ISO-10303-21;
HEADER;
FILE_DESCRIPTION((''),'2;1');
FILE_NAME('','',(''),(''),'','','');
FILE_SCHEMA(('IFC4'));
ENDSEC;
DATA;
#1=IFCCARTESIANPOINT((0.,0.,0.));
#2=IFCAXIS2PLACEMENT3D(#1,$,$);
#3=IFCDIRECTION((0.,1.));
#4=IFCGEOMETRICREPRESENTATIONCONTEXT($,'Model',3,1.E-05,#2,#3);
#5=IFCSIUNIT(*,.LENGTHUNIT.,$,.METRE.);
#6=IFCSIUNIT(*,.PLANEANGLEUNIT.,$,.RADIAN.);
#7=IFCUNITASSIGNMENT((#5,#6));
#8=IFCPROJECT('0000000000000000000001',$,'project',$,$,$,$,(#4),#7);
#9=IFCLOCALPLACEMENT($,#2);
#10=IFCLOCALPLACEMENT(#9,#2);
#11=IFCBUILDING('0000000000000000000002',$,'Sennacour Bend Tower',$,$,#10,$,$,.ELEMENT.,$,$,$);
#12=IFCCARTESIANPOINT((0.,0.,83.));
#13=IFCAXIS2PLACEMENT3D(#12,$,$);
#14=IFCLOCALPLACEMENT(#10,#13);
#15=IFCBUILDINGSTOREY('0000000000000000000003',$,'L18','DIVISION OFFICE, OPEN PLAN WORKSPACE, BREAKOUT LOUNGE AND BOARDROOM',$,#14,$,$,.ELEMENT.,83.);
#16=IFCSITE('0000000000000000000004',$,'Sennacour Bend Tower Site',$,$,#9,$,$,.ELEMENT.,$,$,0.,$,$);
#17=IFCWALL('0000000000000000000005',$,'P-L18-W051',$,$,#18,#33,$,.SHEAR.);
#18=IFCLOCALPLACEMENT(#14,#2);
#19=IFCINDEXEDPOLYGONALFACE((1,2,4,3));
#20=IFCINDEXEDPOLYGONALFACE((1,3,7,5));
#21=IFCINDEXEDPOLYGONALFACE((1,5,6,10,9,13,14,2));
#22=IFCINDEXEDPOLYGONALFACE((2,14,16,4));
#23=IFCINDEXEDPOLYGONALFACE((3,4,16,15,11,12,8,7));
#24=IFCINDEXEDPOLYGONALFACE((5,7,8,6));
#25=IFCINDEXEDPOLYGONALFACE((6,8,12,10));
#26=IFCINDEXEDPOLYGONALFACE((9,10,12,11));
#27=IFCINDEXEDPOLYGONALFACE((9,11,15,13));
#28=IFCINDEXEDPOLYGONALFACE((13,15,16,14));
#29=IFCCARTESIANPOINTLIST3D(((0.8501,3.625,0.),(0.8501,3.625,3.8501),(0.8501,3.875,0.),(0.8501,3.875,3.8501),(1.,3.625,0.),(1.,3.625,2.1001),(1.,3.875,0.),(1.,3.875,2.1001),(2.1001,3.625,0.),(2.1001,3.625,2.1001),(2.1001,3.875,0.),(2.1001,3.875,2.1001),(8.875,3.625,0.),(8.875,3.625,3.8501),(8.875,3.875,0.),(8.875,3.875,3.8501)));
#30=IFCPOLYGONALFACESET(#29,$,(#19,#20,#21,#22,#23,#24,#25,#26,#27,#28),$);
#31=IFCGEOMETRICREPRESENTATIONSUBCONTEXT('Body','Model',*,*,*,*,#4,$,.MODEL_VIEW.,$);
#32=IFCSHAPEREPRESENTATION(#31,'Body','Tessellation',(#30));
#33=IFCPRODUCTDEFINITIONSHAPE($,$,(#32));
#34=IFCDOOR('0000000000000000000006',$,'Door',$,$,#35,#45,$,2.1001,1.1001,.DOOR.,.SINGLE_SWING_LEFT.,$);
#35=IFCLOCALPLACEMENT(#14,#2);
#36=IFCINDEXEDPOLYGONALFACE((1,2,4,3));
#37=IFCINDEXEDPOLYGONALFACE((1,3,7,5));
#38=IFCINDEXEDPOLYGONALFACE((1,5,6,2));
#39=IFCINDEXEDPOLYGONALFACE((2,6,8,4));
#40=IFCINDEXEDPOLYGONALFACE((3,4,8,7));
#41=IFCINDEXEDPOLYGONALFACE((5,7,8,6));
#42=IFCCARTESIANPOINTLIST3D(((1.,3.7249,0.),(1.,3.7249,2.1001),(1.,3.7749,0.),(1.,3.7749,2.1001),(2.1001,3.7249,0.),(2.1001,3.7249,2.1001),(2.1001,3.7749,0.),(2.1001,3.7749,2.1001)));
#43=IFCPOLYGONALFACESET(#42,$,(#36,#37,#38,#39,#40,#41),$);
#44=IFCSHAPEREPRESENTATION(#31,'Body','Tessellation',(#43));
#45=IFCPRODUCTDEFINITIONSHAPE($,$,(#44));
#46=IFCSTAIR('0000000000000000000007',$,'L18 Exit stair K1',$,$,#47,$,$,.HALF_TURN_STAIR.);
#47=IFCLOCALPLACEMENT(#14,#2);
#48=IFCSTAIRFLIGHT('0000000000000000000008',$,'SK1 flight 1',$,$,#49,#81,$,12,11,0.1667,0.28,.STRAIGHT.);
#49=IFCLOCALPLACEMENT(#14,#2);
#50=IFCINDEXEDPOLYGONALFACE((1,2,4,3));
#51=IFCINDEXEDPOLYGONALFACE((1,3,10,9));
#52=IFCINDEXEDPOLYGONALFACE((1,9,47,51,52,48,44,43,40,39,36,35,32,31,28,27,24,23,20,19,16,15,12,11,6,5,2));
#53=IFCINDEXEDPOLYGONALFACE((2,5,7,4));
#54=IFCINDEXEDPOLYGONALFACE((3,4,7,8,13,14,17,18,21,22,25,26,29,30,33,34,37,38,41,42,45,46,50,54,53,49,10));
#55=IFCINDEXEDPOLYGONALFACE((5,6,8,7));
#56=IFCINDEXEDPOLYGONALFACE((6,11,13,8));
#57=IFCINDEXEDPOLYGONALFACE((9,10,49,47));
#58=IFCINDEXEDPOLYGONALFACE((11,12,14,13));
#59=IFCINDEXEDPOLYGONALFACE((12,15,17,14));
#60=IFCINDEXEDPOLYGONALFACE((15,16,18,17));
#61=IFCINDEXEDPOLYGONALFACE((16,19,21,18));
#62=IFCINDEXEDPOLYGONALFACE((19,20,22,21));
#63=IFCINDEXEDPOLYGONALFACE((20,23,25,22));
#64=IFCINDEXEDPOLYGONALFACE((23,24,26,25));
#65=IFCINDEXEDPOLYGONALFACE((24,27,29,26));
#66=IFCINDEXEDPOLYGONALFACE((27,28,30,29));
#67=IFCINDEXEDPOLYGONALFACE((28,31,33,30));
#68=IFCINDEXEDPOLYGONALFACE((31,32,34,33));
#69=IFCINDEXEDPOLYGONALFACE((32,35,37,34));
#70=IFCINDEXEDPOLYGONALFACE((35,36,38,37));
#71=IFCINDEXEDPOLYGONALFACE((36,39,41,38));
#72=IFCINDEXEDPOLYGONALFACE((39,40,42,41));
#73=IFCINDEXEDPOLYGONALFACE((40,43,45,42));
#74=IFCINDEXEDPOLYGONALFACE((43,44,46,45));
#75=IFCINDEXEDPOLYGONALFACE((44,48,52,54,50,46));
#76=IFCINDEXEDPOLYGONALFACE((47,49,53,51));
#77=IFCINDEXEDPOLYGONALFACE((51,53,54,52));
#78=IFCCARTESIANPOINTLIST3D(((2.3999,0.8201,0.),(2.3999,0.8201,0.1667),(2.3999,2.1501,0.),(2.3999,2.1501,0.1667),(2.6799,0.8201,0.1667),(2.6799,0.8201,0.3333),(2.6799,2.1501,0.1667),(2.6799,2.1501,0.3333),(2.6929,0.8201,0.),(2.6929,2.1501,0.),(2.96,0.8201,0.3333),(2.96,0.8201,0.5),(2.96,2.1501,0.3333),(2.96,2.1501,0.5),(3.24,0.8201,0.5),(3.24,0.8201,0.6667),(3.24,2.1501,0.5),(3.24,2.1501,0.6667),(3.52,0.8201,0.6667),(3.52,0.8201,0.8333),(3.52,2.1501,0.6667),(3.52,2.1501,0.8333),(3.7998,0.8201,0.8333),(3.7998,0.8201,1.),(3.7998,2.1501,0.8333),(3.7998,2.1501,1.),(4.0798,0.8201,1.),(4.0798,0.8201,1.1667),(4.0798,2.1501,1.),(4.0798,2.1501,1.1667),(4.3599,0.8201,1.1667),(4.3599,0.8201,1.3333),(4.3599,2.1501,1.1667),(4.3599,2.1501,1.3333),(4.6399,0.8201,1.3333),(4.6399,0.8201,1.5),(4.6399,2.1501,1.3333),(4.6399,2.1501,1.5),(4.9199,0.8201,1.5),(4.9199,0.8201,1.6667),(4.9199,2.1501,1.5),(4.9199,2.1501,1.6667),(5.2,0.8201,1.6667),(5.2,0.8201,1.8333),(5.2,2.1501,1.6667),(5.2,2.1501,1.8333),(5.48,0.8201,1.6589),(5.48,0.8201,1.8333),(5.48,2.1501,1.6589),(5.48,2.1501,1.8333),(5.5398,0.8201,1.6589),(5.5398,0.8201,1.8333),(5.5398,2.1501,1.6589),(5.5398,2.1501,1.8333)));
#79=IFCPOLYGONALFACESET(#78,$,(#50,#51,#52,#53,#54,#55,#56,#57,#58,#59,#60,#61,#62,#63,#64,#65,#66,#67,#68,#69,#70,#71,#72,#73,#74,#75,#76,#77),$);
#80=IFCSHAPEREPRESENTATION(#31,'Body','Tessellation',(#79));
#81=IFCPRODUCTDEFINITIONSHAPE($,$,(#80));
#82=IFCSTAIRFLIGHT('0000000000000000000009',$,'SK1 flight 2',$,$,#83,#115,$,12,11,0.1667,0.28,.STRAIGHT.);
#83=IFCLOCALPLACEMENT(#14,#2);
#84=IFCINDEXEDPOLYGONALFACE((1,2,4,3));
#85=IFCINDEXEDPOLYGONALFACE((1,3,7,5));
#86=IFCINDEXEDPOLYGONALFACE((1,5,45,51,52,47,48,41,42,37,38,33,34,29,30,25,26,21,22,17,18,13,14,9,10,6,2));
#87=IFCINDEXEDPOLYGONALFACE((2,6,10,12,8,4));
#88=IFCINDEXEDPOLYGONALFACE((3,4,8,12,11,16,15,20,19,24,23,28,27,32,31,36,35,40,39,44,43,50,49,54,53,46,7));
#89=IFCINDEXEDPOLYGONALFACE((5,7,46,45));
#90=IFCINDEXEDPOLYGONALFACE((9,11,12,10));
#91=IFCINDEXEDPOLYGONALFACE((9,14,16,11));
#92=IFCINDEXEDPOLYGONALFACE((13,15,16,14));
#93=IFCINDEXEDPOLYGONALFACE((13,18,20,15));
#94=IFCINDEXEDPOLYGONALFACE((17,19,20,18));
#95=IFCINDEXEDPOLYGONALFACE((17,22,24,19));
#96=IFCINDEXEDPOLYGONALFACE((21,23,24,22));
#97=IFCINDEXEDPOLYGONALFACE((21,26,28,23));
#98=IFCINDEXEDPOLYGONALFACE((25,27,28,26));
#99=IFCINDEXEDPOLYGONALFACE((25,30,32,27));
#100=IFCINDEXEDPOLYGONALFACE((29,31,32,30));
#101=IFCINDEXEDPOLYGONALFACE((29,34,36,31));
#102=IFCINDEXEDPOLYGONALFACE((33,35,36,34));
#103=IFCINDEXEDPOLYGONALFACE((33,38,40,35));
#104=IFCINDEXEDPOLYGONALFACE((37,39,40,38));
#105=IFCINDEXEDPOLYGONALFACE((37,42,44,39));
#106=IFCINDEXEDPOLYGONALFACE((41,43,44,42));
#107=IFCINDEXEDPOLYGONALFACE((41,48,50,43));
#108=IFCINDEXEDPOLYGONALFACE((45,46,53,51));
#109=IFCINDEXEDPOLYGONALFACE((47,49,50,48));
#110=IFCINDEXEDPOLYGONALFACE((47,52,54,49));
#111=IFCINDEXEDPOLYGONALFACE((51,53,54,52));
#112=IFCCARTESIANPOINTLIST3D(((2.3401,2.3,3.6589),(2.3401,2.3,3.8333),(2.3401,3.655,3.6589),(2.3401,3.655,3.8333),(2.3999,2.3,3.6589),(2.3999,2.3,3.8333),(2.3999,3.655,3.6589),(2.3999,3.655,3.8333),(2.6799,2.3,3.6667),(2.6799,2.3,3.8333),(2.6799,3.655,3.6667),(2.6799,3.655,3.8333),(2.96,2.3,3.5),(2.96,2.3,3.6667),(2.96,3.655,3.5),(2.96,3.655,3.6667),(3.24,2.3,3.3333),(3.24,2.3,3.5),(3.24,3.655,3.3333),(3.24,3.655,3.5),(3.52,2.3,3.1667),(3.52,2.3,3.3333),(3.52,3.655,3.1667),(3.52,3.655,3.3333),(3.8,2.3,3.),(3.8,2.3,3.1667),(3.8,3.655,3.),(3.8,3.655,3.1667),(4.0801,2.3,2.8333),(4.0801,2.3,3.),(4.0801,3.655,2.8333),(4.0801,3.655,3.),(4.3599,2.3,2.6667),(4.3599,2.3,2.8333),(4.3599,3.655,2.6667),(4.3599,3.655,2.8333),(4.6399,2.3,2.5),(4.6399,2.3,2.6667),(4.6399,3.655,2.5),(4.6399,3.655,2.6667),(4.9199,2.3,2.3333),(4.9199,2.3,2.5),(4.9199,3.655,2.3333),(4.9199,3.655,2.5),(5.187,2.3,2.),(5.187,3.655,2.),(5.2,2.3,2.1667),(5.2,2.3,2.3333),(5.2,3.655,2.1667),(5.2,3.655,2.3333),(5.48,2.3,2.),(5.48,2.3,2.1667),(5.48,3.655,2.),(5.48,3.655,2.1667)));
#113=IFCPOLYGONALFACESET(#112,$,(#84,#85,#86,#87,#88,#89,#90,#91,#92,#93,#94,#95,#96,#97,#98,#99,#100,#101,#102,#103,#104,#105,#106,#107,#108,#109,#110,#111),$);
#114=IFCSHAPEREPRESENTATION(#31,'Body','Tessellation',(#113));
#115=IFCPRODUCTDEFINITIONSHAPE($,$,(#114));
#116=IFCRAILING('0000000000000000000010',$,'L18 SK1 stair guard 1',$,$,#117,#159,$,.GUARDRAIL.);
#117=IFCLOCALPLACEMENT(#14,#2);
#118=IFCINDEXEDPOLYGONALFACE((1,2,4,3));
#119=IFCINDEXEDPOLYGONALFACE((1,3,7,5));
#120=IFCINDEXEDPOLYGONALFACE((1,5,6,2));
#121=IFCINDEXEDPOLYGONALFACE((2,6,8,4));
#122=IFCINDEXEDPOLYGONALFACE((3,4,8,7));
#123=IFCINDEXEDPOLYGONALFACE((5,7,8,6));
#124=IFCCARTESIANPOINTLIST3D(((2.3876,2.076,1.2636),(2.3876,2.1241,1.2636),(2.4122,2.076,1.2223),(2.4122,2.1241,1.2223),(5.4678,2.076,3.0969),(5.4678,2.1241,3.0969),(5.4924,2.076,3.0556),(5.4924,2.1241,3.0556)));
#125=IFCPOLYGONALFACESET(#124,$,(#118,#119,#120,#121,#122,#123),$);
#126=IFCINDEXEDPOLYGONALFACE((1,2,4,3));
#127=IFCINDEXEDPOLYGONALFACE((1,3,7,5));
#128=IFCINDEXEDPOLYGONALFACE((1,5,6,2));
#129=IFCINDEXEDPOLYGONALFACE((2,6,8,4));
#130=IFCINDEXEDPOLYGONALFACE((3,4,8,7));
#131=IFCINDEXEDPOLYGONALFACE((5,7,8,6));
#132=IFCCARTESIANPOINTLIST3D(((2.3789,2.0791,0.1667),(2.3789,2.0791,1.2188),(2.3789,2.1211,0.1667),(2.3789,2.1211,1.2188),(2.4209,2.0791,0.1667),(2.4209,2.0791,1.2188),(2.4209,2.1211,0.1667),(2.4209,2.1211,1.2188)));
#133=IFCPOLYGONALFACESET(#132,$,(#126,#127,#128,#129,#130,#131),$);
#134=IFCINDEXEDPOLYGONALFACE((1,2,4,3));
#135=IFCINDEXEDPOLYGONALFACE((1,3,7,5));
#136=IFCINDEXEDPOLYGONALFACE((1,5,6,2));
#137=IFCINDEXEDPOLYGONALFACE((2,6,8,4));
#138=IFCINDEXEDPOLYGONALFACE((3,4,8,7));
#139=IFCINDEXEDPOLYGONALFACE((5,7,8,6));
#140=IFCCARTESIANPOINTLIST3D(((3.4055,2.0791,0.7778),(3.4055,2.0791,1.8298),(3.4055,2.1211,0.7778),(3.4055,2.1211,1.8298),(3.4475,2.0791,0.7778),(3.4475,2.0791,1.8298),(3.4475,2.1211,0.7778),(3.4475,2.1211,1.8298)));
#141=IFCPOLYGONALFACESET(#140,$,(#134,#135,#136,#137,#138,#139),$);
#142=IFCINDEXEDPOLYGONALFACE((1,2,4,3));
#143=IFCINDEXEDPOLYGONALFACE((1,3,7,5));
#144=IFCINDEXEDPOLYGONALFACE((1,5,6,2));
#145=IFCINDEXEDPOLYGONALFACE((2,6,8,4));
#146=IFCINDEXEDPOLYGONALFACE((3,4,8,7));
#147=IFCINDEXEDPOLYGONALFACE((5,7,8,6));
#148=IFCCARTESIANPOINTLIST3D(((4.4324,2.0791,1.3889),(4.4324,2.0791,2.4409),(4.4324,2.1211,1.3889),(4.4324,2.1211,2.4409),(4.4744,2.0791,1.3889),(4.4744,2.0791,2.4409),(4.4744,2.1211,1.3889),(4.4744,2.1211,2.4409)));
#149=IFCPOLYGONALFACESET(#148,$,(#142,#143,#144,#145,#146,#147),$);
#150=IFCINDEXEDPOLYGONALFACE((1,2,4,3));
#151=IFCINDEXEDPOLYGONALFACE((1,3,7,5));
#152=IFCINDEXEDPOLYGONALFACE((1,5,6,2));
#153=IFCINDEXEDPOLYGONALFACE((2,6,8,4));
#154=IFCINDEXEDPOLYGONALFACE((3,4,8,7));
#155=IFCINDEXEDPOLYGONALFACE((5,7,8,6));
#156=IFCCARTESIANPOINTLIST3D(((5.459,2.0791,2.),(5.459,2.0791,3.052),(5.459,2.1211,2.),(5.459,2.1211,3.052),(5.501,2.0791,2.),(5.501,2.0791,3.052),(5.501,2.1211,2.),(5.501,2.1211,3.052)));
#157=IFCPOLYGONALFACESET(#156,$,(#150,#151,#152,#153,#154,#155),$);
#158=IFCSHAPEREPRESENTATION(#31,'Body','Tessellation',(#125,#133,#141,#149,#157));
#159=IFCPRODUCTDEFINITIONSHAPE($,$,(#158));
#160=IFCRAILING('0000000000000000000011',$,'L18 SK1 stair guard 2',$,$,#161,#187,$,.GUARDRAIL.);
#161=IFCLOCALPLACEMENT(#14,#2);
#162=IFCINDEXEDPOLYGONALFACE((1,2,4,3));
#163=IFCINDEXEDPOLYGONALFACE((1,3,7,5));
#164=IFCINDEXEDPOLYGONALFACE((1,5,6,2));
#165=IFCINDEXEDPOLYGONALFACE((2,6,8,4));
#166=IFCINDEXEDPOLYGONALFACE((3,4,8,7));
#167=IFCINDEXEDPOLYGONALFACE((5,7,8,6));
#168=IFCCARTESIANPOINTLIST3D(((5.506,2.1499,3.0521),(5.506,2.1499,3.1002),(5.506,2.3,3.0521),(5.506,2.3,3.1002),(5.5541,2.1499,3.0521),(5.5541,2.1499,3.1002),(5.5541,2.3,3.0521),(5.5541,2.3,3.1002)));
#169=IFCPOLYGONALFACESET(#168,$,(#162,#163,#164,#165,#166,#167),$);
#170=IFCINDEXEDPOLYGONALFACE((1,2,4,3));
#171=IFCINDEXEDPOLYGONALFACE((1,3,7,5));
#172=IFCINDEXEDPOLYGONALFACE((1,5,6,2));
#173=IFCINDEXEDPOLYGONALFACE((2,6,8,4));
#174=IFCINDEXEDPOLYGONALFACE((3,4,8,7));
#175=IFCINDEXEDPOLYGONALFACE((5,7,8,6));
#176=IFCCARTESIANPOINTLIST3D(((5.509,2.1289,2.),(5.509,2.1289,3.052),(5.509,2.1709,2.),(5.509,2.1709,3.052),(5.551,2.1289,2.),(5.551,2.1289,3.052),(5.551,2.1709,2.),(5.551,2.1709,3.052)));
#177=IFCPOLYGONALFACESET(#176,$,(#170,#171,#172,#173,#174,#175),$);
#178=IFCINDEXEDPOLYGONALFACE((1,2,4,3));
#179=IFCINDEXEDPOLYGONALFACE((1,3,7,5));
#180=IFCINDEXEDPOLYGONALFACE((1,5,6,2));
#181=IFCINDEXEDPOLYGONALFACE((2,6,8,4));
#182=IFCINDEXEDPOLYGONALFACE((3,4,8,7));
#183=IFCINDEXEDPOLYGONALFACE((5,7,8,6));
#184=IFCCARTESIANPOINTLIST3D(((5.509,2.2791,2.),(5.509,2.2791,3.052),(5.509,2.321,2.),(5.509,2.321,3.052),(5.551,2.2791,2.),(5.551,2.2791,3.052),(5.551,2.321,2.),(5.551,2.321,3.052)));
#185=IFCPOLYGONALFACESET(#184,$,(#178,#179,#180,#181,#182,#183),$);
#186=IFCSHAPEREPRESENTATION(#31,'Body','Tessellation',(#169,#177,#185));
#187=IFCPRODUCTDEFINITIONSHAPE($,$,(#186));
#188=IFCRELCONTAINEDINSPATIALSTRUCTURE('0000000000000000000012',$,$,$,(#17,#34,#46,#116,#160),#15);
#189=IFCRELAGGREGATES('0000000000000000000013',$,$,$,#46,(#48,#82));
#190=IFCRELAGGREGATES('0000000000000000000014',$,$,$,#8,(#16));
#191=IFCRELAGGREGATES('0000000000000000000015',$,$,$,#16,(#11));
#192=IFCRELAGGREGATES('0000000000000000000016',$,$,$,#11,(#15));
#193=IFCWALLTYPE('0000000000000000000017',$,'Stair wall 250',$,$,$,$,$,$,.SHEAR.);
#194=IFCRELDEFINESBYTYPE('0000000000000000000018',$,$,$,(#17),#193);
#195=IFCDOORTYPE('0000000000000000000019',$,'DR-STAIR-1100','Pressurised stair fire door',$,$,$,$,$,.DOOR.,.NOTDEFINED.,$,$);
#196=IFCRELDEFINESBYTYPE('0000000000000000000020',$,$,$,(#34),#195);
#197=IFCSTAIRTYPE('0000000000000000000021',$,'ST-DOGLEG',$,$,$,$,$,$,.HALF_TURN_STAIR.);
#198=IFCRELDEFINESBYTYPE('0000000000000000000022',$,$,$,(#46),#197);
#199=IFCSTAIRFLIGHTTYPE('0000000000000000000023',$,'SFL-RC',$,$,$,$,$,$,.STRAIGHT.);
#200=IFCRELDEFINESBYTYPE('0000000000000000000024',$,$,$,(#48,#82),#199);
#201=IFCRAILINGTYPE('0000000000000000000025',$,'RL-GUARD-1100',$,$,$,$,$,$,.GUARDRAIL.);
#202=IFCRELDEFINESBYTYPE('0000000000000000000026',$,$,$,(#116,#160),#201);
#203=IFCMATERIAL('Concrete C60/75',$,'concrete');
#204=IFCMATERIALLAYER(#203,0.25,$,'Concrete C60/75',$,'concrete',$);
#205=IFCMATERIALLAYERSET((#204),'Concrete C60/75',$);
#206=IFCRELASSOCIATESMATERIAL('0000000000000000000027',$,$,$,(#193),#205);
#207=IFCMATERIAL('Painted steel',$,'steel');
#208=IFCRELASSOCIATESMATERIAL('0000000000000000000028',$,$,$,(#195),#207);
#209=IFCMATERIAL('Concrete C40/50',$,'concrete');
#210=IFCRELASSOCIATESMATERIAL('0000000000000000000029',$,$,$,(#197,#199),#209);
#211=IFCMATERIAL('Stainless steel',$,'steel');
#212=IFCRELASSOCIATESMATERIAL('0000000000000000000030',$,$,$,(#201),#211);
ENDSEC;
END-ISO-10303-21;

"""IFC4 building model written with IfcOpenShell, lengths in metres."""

from ifc_helpers import new_model, si_unit, direction, frame, frame_2d, origin, origin_2d, place, context, subcontext, project, spatial, polyline, rectangle, outline, extrude, material, layer, layer_set, type_object, element, fill, aggregate, save


model = new_model("IFC4")

# Units and contexts
model_context = context("Model", 3, precision=1e-05, world=origin(), true_north=direction((0.0, 1.0)))
body_context = subcontext(model_context, "Body", "Model", "MODEL_VIEW")
ifc_project = project(units=[si_unit("LENGTHUNIT", "METRE"), si_unit("PLANEANGLEUNIT", "RADIAN")], contexts=[model_context])

# Site, building, storey
site_placement = place(None, origin())
site = spatial("IfcSite", under=ifc_project, at=site_placement, Name="Sennacour Bend Tower Site", CompositionType="ELEMENT", RefElevation=0.0)
building_placement = place(site_placement, origin())
building = spatial("IfcBuilding", under=site, at=building_placement, Name="Sennacour Bend Tower", CompositionType="ELEMENT")
storey_placement = place(building_placement, frame((0.0, 0.0, 83.0)))
storey = spatial("IfcBuildingStorey", under=building, at=storey_placement, Name="L18", Description="DIVISION OFFICE, OPEN PLAN WORKSPACE, BREAKOUT LOUNGE AND BOARDROOM", CompositionType="ELEMENT", Elevation=83.0)

# Shared definitions
ifc_material_1 = material(Name="Concrete C60/75", Category="concrete")
ifc_layer_1 = layer(ifc_material_1, 0.25, Name="Concrete C60/75", Category="concrete")
ifc_layer_set_1 = layer_set([ifc_layer_1], Name="Concrete C60/75")
wall_type_1 = type_object("IfcWallType", Name="Stair wall 250", PredefinedType="SHEAR", material=ifc_layer_set_1)

# Wall, opening, door
wall_1_placement = place(storey_placement, frame((0.8501, 3.75, 0.0), z_axis=(0.0, 0.0, 1.0), x_axis=(1.0, 0.0, 0.0)))
wall_1 = element("IfcWall", 1, at=wall_1_placement, inside=storey, type_object=wall_type_1, Name="P-L18-W051", PredefinedType="SHEAR", context=body_context, shape_type="SweptSolid", body=[
    extrude(rectangle(XDim=8.0249, YDim=0.25, at=frame_2d((4.0125, 0.0))), origin(), (0.0, 0.0, 1.0), 3.8501),
])
opening_1_placement = place(wall_1_placement, frame((0.1499, 0.0, 0.0)))
opening_1 = element("IfcOpeningElement", 2, at=opening_1_placement, cuts=wall_1, PredefinedType="OPENING", context=body_context, shape_type="SweptSolid", body=[
    extrude(rectangle(XDim=1.1001, YDim=2.1001, at=frame_2d((0.55, 1.05))), frame((0.0, 0.135, 0.0), z_axis=(0.0, -1.0, 0.0), x_axis=(1.0, 0.0, 0.0)), (0.0, 0.0, 1.0), 0.27),
])
ifc_material_2 = material(Name="Painted steel", Category="steel")
door_type = type_object("IfcDoorType", Name="DR-STAIR-1100", Description="Pressurised stair fire door", OperationType="NOTDEFINED", PredefinedType="DOOR", material=ifc_material_2)
door_placement = place(opening_1_placement, origin())
door = element("IfcDoor", 3, at=door_placement, inside=storey, type_object=door_type, Name="Door", OperationType="SINGLE_SWING_LEFT", OverallHeight=2.1001, OverallWidth=1.1001, PredefinedType="DOOR", context=body_context, shape_type="SweptSolid", body=[
    extrude(rectangle(XDim=1.1001, YDim=2.1001, at=frame_2d((0.55, 1.05))), frame((0.0, 0.0249, 0.0), z_axis=(0.0, -1.0, 0.0), x_axis=(1.0, 0.0, 0.0)), (0.0, 0.0, 1.0), 0.05),
])
fill(opening_1, door)

# Stair, stair flights
ifc_material_3 = material(Name="Concrete C40/50", Category="concrete")
stair_type = type_object("IfcStairType", Name="ST-DOGLEG", PredefinedType="HALF_TURN_STAIR", material=ifc_material_3)
stair_placement = place(storey_placement, origin())
stair = element("IfcStair", 4, at=stair_placement, inside=storey, type_object=stair_type, Name="L18 Exit stair K1", PredefinedType="HALF_TURN_STAIR")
stair_flight_type = type_object("IfcStairFlightType", Name="SFL-RC", PredefinedType="STRAIGHT", material=ifc_material_3)
stair_flight_1_placement = place(storey_placement, frame((2.3999, 1.4851, 0.0), z_axis=(0.0, 0.0, 1.0), x_axis=(1.0, 0.0, 0.0)))
stair_flight_1 = element("IfcStairFlight", 5, at=stair_flight_1_placement, type_object=stair_flight_type, Name="SK1 flight 1", NumberOfRisers=12, NumberOfTreads=11, PredefinedType="STRAIGHT", RiserHeight=0.1667, TreadLength=0.28, context=body_context, shape_type="SweptSolid", body=[
    extrude(outline(polyline([(0.0, 0.0), (0.0, 0.1667), (0.28, 0.1667), (0.28, 0.3333), (0.5601, 0.3333), (0.5601, 0.5), (0.8401, 0.5), (0.8401, 0.6667), (1.1201, 0.6667), (1.1201, 0.8333), (1.3999, 0.8333), (1.3999, 1.0), (1.6799, 1.0), (1.6799, 1.1667), (1.96, 1.1667), (1.96, 1.3333), (2.24, 1.3333), (2.24, 1.5), (2.52, 1.5), (2.52, 1.6667), (2.8, 1.6667), (2.8, 1.8333), (3.0801, 1.8333), (3.1399, 1.8333), (3.1399, 1.6589), (3.0801, 1.6589), (0.293, 0.0), (0.0, 0.0)])), frame((0.0, 0.665, 0.0), z_axis=(0.0, -1.0, 0.0), x_axis=(1.0, 0.0, 0.0)), (0.0, 0.0, 1.0), 1.3301),
])
stair_flight_2_placement = place(storey_placement, frame((5.48, 2.9775, 2.0), z_axis=(0.0, 0.0, 1.0), x_axis=(-1.0, 0.0, 0.0)))
stair_flight_2 = element("IfcStairFlight", 6, at=stair_flight_2_placement, type_object=stair_flight_type, Name="SK1 flight 2", NumberOfRisers=12, NumberOfTreads=11, PredefinedType="STRAIGHT", RiserHeight=0.1667, TreadLength=0.28, context=body_context, shape_type="SweptSolid", body=[
    extrude(outline(polyline([(0.0, 0.0), (0.0, 0.1667), (0.28, 0.1667), (0.28, 0.3333), (0.5601, 0.3333), (0.5601, 0.5), (0.8401, 0.5), (0.8401, 0.6667), (1.1201, 0.6667), (1.1201, 0.8333), (1.3999, 0.8333), (1.3999, 1.0), (1.6799, 1.0), (1.6799, 1.1667), (1.96, 1.1667), (1.96, 1.3333), (2.24, 1.3333), (2.24, 1.5), (2.52, 1.5), (2.52, 1.6667), (2.8, 1.6667), (2.8, 1.8333), (3.0801, 1.8333), (3.1399, 1.8333), (3.1399, 1.6589), (3.0801, 1.6589), (0.293, 0.0), (0.0, 0.0)])), frame((0.0, 0.6775, 0.0), z_axis=(0.0, -1.0, 0.0), x_axis=(1.0, 0.0, 0.0)), (0.0, 0.0, 1.0), 1.355),
])
aggregate(stair, [stair_flight_1, stair_flight_2])

# Railings
ifc_material_4 = material(Name="Stainless steel", Category="steel")
railing_type_1 = type_object("IfcRailingType", Name="RL-GUARD-1100", PredefinedType="GUARDRAIL", material=ifc_material_4)
railing_1_placement = place(storey_placement, frame((2.3999, 2.1001, 0.1667)))
element("IfcRailing", 7, at=railing_1_placement, inside=storey, type_object=railing_type_1, Name="L18 SK1 stair guard 1", PredefinedType="GUARDRAIL", context=body_context, shape_type="SweptSolid", body=[
    extrude(rectangle(XDim=0.0481, YDim=0.0481, at=origin_2d()), frame((0.0, 0.0, 1.0762), z_axis=(0.859309, 0.0, 0.511458), x_axis=(0.0, 1.0, 0.0)), (0.0, 0.0, 1.0), 3.5845),
    extrude(rectangle(XDim=0.042, YDim=0.042, at=origin_2d()), origin(), (0.0, 0.0, 1.0), 1.052),
    extrude(rectangle(XDim=0.042, YDim=0.042, at=origin_2d()), frame((1.0266, 0.0, 0.6111)), (0.0, 0.0, 1.0), 1.052),
    extrude(rectangle(XDim=0.042, YDim=0.042, at=origin_2d()), frame((2.0535, 0.0, 1.2222)), (0.0, 0.0, 1.0), 1.052),
    extrude(rectangle(XDim=0.042, YDim=0.042, at=origin_2d()), frame((3.0801, 0.0, 1.8333)), (0.0, 0.0, 1.0), 1.052),
])
railing_2_placement = place(storey_placement, frame((5.53, 2.1499, 2.0)))
element("IfcRailing", 8, at=railing_2_placement, inside=storey, type_object=railing_type_1, Name="L18 SK1 stair guard 2", PredefinedType="GUARDRAIL", context=body_context, shape_type="SweptSolid", body=[
    extrude(rectangle(XDim=0.0481, YDim=0.0481, at=origin_2d()), frame((0.0, 0.0, 1.0762), z_axis=(0.0, 1.0, 0.0), x_axis=(-1.0, 0.0, 0.0)), (0.0, 0.0, 1.0), 0.1501),
    extrude(rectangle(XDim=0.042, YDim=0.042, at=origin_2d()), origin(), (0.0, 0.0, 1.0), 1.052),
    extrude(rectangle(XDim=0.042, YDim=0.042, at=origin_2d()), frame((0.0, 0.1501, 0.0)), (0.0, 0.0, 1.0), 1.052),
])

save(model, "model.ifc")
